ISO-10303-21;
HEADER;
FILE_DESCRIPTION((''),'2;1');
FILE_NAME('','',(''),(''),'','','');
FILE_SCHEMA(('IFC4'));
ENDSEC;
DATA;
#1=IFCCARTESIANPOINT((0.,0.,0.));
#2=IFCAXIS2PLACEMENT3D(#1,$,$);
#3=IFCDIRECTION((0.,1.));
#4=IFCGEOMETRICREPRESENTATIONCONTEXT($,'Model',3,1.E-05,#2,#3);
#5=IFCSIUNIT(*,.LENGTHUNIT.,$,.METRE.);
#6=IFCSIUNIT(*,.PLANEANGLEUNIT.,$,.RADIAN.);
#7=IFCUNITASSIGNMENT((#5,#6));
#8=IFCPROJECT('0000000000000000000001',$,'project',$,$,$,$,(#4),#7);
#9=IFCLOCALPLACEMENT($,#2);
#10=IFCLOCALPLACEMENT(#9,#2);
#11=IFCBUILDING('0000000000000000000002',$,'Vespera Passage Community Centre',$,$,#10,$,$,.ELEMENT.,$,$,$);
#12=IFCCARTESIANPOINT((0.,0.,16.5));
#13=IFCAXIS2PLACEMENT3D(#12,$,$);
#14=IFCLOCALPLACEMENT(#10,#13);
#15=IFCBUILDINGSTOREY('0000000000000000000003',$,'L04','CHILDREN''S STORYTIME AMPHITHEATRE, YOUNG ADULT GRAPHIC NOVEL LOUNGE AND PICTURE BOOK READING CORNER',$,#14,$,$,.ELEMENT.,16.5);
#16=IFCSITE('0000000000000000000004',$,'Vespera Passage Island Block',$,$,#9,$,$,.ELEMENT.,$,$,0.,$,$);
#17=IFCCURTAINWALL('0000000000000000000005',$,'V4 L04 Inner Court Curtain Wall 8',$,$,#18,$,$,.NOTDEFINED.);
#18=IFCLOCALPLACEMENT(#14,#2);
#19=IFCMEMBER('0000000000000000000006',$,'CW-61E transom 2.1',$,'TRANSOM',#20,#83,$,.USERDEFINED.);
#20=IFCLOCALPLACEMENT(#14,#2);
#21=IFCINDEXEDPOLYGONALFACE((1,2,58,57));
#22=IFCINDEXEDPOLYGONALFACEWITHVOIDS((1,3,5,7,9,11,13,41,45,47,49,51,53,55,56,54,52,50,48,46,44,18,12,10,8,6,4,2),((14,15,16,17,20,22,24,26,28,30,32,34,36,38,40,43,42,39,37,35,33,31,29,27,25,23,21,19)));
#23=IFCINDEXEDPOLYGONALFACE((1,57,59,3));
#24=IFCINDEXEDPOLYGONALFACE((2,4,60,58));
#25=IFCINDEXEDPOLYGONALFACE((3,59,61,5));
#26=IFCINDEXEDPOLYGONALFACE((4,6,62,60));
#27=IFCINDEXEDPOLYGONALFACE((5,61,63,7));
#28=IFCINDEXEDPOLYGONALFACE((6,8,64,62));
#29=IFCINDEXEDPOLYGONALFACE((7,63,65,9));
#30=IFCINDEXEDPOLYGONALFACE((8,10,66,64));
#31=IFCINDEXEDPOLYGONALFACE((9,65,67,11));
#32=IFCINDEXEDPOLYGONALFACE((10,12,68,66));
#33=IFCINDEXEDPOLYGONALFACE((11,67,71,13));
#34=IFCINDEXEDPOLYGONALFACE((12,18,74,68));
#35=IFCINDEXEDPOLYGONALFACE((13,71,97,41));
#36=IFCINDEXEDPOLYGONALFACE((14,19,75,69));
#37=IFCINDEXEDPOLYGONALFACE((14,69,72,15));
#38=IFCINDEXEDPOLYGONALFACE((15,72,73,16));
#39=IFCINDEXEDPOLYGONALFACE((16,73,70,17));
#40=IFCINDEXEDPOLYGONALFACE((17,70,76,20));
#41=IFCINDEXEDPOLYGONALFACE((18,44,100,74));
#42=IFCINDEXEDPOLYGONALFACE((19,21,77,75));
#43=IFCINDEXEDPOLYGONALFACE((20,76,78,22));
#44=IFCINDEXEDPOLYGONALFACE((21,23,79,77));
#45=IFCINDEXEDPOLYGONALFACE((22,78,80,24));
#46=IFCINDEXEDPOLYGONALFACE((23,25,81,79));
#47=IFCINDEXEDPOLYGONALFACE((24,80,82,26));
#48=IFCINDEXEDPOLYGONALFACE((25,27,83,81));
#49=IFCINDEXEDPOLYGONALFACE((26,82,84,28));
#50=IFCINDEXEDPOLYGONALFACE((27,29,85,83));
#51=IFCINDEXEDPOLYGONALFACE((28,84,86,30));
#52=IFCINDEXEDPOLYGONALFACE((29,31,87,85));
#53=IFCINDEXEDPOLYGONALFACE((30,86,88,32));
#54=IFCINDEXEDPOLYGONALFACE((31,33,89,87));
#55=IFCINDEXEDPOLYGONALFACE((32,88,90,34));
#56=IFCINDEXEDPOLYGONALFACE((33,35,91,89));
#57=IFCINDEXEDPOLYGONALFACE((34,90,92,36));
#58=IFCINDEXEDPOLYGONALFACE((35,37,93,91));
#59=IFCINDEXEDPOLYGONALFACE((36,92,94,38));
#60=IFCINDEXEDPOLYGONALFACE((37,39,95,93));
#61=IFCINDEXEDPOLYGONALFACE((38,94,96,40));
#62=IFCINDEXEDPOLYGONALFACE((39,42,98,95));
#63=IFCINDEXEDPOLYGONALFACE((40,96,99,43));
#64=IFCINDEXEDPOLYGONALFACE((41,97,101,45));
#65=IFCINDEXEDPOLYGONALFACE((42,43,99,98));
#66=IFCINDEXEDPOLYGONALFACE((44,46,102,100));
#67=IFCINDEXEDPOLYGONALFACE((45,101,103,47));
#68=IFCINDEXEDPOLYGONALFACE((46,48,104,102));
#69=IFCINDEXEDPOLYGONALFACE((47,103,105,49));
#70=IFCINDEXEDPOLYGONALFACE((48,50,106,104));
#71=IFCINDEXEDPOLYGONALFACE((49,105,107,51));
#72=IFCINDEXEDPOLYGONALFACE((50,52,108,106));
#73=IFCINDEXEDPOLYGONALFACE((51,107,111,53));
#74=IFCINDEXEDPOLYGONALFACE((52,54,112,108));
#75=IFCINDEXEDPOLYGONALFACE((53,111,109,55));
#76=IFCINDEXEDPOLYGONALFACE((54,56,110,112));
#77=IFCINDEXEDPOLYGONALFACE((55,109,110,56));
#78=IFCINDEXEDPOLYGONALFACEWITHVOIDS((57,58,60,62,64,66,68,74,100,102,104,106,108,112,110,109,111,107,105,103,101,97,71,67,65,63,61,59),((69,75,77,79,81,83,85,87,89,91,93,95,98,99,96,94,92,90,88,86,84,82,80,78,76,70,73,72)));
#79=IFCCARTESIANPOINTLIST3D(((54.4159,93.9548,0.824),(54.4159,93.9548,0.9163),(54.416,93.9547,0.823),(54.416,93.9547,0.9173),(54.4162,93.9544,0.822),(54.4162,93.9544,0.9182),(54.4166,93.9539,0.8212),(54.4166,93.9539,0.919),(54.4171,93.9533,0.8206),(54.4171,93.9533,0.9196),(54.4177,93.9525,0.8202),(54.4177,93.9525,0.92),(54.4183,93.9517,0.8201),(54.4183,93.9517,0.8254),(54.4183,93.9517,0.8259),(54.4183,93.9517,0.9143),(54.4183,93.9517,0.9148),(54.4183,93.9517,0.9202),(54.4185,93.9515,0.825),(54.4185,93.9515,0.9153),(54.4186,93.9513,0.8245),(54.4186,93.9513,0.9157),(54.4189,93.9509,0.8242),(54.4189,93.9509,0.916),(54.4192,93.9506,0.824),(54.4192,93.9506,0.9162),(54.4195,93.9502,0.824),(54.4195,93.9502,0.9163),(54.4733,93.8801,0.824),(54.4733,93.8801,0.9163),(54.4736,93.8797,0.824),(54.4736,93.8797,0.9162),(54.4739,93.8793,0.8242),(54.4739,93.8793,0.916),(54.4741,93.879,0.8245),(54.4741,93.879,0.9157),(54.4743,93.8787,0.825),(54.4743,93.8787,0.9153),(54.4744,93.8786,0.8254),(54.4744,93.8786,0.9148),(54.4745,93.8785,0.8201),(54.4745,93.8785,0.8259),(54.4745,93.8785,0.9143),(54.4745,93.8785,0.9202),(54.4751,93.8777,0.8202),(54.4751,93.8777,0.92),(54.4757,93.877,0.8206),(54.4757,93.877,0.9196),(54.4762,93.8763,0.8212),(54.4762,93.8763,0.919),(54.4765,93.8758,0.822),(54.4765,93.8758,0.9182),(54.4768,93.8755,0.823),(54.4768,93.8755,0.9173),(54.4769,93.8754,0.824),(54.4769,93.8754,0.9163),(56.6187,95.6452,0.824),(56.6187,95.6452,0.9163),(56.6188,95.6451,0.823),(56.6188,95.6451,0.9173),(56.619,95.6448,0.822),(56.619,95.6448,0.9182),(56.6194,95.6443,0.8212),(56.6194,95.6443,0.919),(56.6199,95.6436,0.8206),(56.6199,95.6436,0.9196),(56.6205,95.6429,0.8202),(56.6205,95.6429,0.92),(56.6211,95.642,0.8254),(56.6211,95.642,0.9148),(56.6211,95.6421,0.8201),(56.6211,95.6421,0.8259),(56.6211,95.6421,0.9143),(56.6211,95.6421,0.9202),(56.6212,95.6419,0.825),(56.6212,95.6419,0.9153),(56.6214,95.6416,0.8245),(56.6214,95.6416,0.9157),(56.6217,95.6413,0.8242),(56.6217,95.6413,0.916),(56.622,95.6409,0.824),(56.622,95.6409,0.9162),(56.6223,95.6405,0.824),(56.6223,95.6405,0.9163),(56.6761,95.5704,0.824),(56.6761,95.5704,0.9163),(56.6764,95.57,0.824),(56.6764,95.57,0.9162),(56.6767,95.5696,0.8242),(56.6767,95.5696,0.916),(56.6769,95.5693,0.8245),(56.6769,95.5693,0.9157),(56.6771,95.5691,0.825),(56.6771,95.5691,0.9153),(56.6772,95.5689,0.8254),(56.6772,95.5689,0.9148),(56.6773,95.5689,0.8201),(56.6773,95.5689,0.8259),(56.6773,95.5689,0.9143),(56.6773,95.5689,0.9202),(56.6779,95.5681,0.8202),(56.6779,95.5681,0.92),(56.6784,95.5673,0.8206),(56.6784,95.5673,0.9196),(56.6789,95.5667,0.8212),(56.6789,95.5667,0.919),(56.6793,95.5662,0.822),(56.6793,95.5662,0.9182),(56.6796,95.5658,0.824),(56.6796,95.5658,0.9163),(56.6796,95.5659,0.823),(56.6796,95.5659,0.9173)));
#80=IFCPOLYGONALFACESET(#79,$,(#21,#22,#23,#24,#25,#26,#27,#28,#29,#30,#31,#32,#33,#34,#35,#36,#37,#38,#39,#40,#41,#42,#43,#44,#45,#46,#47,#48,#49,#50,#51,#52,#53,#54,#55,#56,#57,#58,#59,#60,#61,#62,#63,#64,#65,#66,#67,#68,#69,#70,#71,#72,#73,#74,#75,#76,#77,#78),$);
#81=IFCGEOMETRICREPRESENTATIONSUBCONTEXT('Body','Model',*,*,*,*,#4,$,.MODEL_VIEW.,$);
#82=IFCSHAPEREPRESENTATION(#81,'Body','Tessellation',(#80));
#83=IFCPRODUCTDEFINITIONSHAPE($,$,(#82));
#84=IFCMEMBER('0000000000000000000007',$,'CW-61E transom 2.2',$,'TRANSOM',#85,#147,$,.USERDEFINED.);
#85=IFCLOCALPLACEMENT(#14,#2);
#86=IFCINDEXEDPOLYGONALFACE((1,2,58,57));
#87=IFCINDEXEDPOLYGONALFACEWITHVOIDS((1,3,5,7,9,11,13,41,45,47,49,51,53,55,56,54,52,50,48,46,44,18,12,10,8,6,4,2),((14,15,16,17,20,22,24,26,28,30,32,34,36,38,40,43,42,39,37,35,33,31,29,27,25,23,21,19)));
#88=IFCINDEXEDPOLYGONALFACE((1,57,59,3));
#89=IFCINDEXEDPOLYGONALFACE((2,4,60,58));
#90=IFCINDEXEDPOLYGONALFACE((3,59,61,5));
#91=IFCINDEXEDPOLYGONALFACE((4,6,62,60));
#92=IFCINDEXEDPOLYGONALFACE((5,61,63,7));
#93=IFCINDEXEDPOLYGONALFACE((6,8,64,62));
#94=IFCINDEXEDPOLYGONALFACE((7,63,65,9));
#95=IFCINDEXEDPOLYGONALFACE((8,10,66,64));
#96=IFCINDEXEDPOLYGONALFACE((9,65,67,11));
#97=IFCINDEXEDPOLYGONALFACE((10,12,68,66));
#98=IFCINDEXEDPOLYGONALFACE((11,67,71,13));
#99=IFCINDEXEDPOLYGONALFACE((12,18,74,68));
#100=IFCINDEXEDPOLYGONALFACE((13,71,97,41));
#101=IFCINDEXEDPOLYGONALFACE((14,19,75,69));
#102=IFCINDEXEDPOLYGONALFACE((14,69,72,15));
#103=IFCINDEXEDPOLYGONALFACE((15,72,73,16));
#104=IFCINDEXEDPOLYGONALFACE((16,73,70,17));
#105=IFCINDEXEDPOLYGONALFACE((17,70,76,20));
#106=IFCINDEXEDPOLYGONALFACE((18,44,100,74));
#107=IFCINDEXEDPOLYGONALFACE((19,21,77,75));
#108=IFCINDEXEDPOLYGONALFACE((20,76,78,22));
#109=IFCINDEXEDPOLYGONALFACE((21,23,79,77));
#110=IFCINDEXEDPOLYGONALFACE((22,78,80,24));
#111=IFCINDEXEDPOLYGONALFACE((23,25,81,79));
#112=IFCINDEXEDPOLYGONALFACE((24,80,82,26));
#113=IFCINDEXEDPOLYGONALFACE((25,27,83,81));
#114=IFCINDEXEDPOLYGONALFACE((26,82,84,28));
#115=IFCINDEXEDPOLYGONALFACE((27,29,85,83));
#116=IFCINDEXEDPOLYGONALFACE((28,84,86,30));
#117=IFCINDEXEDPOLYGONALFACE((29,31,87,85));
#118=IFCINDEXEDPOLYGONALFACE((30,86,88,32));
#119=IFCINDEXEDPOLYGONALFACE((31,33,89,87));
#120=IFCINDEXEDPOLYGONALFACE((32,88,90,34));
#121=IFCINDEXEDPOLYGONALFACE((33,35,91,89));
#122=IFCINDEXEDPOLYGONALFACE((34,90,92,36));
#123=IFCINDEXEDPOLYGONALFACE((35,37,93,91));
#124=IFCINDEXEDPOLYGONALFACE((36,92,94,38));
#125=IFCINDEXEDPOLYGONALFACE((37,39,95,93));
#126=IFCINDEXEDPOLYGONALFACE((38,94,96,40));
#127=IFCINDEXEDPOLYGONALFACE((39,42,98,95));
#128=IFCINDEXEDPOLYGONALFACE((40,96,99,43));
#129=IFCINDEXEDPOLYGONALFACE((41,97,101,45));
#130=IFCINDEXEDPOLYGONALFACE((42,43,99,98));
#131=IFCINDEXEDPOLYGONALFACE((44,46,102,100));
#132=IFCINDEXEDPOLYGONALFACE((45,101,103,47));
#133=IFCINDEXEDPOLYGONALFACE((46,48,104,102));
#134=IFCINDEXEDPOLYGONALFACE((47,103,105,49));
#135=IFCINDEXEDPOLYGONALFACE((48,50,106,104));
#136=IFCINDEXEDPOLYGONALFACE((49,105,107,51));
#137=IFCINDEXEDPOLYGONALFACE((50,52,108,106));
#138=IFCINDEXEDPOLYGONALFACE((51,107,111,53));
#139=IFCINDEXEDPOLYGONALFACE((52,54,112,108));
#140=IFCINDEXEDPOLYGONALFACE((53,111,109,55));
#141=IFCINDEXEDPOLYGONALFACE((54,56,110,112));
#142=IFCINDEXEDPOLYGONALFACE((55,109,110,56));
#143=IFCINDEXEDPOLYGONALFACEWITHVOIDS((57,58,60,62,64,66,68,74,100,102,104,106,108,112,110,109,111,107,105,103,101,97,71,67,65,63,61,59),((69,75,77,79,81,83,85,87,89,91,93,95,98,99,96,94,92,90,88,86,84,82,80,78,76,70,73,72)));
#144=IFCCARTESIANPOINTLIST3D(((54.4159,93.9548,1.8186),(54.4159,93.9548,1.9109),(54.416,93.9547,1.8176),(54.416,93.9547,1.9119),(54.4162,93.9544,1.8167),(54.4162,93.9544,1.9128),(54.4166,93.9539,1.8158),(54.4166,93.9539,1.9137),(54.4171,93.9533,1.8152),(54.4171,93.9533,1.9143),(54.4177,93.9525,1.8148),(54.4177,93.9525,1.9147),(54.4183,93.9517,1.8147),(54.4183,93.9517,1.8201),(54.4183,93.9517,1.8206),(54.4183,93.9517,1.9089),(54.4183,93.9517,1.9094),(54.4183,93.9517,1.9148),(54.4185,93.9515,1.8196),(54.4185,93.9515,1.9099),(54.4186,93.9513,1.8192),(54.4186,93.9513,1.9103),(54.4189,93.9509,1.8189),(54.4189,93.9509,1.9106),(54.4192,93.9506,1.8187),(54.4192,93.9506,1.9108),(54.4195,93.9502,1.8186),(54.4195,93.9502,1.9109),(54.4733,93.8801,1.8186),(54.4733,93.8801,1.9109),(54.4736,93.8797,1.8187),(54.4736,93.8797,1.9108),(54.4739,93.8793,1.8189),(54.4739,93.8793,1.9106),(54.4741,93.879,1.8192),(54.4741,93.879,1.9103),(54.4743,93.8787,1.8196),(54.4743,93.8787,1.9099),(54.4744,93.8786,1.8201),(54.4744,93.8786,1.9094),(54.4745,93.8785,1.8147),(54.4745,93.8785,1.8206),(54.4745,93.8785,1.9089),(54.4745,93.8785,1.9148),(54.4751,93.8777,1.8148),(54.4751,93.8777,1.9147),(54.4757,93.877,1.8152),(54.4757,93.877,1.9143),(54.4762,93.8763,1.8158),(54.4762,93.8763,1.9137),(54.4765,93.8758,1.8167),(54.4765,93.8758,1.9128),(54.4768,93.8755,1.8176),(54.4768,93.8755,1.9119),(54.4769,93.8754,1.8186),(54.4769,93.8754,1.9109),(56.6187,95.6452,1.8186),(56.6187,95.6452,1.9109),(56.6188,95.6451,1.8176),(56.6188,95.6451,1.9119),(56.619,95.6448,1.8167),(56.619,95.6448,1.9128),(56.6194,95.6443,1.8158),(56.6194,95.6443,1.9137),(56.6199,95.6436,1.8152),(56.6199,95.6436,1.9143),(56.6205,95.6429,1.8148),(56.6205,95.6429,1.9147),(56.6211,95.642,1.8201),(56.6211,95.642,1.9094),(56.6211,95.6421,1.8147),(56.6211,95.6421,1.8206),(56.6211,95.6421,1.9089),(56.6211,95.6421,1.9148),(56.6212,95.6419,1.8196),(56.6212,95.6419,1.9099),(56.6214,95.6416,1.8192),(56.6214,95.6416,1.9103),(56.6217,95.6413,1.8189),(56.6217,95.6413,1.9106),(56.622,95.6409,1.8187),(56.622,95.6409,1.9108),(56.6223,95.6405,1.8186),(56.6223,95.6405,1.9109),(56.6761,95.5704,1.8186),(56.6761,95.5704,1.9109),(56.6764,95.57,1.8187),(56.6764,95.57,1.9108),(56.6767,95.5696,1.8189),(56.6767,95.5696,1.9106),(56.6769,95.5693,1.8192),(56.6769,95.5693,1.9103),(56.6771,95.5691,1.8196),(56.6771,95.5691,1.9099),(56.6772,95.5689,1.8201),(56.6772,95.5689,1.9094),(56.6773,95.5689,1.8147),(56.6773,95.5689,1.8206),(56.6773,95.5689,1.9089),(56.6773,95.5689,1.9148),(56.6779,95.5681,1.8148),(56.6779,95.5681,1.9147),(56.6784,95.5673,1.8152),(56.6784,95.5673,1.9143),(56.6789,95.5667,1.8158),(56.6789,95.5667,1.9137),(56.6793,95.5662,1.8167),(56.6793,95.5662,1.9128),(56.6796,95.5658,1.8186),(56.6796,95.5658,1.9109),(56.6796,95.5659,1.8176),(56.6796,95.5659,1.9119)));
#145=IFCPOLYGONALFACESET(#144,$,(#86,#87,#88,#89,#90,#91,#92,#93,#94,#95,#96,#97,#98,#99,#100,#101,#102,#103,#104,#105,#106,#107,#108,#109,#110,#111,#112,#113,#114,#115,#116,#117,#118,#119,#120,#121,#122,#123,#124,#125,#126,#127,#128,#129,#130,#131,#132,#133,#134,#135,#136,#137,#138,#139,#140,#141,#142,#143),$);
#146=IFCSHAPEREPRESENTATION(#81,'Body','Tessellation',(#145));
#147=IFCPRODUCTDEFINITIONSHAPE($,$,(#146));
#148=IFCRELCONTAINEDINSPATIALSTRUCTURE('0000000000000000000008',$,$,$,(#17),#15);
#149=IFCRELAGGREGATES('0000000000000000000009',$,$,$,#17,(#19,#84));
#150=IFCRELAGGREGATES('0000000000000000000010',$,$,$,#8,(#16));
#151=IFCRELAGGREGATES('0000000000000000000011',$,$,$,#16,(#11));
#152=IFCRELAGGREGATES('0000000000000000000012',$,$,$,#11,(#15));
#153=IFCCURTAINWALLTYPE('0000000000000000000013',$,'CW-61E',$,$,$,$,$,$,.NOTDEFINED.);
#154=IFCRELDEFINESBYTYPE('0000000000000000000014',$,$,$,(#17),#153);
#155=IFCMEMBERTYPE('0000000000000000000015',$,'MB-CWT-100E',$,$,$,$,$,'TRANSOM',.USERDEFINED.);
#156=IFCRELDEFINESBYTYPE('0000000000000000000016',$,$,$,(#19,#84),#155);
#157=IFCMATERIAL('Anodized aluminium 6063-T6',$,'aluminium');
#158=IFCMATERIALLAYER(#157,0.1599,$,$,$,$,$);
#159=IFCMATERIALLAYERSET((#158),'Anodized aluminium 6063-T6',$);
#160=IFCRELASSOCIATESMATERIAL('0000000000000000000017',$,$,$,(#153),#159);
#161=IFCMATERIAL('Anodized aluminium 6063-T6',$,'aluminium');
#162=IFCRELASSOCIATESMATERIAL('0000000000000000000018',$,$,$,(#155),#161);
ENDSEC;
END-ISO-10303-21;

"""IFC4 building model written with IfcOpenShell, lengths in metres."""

from ifc_helpers import new_model, si_unit, direction, frame, origin, origin_2d, place, context, subcontext, project, spatial, hollow_rectangle, extrude, material, layer, layer_set, material_profile, profile_set, type_object, element, aggregate, save


model = new_model("IFC4")

# Units and contexts
model_context = context("Model", 3, precision=1e-05, world=origin(), true_north=direction((0.0, 1.0)))
body_context = subcontext(model_context, "Body", "Model", "MODEL_VIEW")
ifc_project = project(units=[si_unit("LENGTHUNIT", "METRE"), si_unit("PLANEANGLEUNIT", "RADIAN")], contexts=[model_context])

# Site, building, storey
site_placement = place(None, origin())
site = spatial("IfcSite", under=ifc_project, at=site_placement, Name="Vespera Passage Island Block", CompositionType="ELEMENT", RefElevation=0.0)
building_placement = place(site_placement, origin())
building = spatial("IfcBuilding", under=site, at=building_placement, Name="Vespera Passage Community Centre", CompositionType="ELEMENT")
storey_placement = place(building_placement, frame((0.0, 0.0, 16.5)))
storey = spatial("IfcBuildingStorey", under=building, at=storey_placement, Name="L04", Description="CHILDREN'S STORYTIME AMPHITHEATRE, YOUNG ADULT GRAPHIC NOVEL LOUNGE AND PICTURE BOOK READING CORNER", CompositionType="ELEMENT", Elevation=16.5)

# Curtain wall
ifc_material_1 = material(Name="Anodized aluminium 6063-T6", Category="aluminium")
ifc_layer_1 = layer(ifc_material_1, 0.1599)
ifc_layer_set_1 = layer_set([ifc_layer_1], Name="Anodized aluminium 6063-T6")
curtain_wall_type_1 = type_object("IfcCurtainWallType", Name="CW-61E", PredefinedType="NOTDEFINED", material=ifc_layer_set_1)
curtain_wall_1_placement = place(storey_placement, origin())
curtain_wall_1 = element("IfcCurtainWall", 1, at=curtain_wall_1_placement, inside=storey, type_object=curtain_wall_type_1, Name="V4 L04 Inner Court Curtain Wall 8", PredefinedType="NOTDEFINED")

# Members
ifc_material_2 = material(Name="Anodized aluminium 6063-T6", Category="aluminium")
ifc_material_profile_1 = material_profile(ifc_material_2, hollow_rectangle(XDim=0.1001, YDim=0.1001, WallThickness=0.0039, InnerFilletRadius=0.002, OuterFilletRadius=0.0039, at=origin_2d()), Name="ALU100X100X4")
ifc_profile_set_1 = profile_set([ifc_material_profile_1], Name="Anodized aluminium 6063-T6")
member_type_1 = type_object("IfcMemberType", Name="MB-CWT-100E", ElementType="TRANSOM", PredefinedType="USERDEFINED", material=ifc_profile_set_1)
member_1_placement = place(storey_placement, frame((56.6492, 95.6055, 0.8701), z_axis=(-0.793336, -0.608784, 0.0), x_axis=(0.608784, -0.793336, 0.0)))
member_1 = element("IfcMember", 2, at=member_1_placement, type_object=member_type_1, Name="CW-61E transom 2.1", ObjectType="TRANSOM", PredefinedType="USERDEFINED", context=body_context, shape_type="SweptSolid", body=[
    extrude(hollow_rectangle(XDim=0.1001, YDim=0.1001, WallThickness=0.0039, InnerFilletRadius=0.002, OuterFilletRadius=0.0039, at=origin_2d()), origin(), (0.0, 0.0, 1.0), 2.7766),
])
member_2_placement = place(storey_placement, frame((56.6492, 95.6055, 1.8647), z_axis=(-0.793336, -0.608784, 0.0), x_axis=(0.608784, -0.793336, 0.0)))
member_2 = element("IfcMember", 3, at=member_2_placement, type_object=member_type_1, Name="CW-61E transom 2.2", ObjectType="TRANSOM", PredefinedType="USERDEFINED", context=body_context, shape_type="SweptSolid", body=[
    extrude(hollow_rectangle(XDim=0.1001, YDim=0.1001, WallThickness=0.0039, InnerFilletRadius=0.002, OuterFilletRadius=0.0039, at=origin_2d()), origin(), (0.0, 0.0, 1.0), 2.7766),
])

aggregate(curtain_wall_1, [member_1, member_2])

save(model, "model.ifc")
